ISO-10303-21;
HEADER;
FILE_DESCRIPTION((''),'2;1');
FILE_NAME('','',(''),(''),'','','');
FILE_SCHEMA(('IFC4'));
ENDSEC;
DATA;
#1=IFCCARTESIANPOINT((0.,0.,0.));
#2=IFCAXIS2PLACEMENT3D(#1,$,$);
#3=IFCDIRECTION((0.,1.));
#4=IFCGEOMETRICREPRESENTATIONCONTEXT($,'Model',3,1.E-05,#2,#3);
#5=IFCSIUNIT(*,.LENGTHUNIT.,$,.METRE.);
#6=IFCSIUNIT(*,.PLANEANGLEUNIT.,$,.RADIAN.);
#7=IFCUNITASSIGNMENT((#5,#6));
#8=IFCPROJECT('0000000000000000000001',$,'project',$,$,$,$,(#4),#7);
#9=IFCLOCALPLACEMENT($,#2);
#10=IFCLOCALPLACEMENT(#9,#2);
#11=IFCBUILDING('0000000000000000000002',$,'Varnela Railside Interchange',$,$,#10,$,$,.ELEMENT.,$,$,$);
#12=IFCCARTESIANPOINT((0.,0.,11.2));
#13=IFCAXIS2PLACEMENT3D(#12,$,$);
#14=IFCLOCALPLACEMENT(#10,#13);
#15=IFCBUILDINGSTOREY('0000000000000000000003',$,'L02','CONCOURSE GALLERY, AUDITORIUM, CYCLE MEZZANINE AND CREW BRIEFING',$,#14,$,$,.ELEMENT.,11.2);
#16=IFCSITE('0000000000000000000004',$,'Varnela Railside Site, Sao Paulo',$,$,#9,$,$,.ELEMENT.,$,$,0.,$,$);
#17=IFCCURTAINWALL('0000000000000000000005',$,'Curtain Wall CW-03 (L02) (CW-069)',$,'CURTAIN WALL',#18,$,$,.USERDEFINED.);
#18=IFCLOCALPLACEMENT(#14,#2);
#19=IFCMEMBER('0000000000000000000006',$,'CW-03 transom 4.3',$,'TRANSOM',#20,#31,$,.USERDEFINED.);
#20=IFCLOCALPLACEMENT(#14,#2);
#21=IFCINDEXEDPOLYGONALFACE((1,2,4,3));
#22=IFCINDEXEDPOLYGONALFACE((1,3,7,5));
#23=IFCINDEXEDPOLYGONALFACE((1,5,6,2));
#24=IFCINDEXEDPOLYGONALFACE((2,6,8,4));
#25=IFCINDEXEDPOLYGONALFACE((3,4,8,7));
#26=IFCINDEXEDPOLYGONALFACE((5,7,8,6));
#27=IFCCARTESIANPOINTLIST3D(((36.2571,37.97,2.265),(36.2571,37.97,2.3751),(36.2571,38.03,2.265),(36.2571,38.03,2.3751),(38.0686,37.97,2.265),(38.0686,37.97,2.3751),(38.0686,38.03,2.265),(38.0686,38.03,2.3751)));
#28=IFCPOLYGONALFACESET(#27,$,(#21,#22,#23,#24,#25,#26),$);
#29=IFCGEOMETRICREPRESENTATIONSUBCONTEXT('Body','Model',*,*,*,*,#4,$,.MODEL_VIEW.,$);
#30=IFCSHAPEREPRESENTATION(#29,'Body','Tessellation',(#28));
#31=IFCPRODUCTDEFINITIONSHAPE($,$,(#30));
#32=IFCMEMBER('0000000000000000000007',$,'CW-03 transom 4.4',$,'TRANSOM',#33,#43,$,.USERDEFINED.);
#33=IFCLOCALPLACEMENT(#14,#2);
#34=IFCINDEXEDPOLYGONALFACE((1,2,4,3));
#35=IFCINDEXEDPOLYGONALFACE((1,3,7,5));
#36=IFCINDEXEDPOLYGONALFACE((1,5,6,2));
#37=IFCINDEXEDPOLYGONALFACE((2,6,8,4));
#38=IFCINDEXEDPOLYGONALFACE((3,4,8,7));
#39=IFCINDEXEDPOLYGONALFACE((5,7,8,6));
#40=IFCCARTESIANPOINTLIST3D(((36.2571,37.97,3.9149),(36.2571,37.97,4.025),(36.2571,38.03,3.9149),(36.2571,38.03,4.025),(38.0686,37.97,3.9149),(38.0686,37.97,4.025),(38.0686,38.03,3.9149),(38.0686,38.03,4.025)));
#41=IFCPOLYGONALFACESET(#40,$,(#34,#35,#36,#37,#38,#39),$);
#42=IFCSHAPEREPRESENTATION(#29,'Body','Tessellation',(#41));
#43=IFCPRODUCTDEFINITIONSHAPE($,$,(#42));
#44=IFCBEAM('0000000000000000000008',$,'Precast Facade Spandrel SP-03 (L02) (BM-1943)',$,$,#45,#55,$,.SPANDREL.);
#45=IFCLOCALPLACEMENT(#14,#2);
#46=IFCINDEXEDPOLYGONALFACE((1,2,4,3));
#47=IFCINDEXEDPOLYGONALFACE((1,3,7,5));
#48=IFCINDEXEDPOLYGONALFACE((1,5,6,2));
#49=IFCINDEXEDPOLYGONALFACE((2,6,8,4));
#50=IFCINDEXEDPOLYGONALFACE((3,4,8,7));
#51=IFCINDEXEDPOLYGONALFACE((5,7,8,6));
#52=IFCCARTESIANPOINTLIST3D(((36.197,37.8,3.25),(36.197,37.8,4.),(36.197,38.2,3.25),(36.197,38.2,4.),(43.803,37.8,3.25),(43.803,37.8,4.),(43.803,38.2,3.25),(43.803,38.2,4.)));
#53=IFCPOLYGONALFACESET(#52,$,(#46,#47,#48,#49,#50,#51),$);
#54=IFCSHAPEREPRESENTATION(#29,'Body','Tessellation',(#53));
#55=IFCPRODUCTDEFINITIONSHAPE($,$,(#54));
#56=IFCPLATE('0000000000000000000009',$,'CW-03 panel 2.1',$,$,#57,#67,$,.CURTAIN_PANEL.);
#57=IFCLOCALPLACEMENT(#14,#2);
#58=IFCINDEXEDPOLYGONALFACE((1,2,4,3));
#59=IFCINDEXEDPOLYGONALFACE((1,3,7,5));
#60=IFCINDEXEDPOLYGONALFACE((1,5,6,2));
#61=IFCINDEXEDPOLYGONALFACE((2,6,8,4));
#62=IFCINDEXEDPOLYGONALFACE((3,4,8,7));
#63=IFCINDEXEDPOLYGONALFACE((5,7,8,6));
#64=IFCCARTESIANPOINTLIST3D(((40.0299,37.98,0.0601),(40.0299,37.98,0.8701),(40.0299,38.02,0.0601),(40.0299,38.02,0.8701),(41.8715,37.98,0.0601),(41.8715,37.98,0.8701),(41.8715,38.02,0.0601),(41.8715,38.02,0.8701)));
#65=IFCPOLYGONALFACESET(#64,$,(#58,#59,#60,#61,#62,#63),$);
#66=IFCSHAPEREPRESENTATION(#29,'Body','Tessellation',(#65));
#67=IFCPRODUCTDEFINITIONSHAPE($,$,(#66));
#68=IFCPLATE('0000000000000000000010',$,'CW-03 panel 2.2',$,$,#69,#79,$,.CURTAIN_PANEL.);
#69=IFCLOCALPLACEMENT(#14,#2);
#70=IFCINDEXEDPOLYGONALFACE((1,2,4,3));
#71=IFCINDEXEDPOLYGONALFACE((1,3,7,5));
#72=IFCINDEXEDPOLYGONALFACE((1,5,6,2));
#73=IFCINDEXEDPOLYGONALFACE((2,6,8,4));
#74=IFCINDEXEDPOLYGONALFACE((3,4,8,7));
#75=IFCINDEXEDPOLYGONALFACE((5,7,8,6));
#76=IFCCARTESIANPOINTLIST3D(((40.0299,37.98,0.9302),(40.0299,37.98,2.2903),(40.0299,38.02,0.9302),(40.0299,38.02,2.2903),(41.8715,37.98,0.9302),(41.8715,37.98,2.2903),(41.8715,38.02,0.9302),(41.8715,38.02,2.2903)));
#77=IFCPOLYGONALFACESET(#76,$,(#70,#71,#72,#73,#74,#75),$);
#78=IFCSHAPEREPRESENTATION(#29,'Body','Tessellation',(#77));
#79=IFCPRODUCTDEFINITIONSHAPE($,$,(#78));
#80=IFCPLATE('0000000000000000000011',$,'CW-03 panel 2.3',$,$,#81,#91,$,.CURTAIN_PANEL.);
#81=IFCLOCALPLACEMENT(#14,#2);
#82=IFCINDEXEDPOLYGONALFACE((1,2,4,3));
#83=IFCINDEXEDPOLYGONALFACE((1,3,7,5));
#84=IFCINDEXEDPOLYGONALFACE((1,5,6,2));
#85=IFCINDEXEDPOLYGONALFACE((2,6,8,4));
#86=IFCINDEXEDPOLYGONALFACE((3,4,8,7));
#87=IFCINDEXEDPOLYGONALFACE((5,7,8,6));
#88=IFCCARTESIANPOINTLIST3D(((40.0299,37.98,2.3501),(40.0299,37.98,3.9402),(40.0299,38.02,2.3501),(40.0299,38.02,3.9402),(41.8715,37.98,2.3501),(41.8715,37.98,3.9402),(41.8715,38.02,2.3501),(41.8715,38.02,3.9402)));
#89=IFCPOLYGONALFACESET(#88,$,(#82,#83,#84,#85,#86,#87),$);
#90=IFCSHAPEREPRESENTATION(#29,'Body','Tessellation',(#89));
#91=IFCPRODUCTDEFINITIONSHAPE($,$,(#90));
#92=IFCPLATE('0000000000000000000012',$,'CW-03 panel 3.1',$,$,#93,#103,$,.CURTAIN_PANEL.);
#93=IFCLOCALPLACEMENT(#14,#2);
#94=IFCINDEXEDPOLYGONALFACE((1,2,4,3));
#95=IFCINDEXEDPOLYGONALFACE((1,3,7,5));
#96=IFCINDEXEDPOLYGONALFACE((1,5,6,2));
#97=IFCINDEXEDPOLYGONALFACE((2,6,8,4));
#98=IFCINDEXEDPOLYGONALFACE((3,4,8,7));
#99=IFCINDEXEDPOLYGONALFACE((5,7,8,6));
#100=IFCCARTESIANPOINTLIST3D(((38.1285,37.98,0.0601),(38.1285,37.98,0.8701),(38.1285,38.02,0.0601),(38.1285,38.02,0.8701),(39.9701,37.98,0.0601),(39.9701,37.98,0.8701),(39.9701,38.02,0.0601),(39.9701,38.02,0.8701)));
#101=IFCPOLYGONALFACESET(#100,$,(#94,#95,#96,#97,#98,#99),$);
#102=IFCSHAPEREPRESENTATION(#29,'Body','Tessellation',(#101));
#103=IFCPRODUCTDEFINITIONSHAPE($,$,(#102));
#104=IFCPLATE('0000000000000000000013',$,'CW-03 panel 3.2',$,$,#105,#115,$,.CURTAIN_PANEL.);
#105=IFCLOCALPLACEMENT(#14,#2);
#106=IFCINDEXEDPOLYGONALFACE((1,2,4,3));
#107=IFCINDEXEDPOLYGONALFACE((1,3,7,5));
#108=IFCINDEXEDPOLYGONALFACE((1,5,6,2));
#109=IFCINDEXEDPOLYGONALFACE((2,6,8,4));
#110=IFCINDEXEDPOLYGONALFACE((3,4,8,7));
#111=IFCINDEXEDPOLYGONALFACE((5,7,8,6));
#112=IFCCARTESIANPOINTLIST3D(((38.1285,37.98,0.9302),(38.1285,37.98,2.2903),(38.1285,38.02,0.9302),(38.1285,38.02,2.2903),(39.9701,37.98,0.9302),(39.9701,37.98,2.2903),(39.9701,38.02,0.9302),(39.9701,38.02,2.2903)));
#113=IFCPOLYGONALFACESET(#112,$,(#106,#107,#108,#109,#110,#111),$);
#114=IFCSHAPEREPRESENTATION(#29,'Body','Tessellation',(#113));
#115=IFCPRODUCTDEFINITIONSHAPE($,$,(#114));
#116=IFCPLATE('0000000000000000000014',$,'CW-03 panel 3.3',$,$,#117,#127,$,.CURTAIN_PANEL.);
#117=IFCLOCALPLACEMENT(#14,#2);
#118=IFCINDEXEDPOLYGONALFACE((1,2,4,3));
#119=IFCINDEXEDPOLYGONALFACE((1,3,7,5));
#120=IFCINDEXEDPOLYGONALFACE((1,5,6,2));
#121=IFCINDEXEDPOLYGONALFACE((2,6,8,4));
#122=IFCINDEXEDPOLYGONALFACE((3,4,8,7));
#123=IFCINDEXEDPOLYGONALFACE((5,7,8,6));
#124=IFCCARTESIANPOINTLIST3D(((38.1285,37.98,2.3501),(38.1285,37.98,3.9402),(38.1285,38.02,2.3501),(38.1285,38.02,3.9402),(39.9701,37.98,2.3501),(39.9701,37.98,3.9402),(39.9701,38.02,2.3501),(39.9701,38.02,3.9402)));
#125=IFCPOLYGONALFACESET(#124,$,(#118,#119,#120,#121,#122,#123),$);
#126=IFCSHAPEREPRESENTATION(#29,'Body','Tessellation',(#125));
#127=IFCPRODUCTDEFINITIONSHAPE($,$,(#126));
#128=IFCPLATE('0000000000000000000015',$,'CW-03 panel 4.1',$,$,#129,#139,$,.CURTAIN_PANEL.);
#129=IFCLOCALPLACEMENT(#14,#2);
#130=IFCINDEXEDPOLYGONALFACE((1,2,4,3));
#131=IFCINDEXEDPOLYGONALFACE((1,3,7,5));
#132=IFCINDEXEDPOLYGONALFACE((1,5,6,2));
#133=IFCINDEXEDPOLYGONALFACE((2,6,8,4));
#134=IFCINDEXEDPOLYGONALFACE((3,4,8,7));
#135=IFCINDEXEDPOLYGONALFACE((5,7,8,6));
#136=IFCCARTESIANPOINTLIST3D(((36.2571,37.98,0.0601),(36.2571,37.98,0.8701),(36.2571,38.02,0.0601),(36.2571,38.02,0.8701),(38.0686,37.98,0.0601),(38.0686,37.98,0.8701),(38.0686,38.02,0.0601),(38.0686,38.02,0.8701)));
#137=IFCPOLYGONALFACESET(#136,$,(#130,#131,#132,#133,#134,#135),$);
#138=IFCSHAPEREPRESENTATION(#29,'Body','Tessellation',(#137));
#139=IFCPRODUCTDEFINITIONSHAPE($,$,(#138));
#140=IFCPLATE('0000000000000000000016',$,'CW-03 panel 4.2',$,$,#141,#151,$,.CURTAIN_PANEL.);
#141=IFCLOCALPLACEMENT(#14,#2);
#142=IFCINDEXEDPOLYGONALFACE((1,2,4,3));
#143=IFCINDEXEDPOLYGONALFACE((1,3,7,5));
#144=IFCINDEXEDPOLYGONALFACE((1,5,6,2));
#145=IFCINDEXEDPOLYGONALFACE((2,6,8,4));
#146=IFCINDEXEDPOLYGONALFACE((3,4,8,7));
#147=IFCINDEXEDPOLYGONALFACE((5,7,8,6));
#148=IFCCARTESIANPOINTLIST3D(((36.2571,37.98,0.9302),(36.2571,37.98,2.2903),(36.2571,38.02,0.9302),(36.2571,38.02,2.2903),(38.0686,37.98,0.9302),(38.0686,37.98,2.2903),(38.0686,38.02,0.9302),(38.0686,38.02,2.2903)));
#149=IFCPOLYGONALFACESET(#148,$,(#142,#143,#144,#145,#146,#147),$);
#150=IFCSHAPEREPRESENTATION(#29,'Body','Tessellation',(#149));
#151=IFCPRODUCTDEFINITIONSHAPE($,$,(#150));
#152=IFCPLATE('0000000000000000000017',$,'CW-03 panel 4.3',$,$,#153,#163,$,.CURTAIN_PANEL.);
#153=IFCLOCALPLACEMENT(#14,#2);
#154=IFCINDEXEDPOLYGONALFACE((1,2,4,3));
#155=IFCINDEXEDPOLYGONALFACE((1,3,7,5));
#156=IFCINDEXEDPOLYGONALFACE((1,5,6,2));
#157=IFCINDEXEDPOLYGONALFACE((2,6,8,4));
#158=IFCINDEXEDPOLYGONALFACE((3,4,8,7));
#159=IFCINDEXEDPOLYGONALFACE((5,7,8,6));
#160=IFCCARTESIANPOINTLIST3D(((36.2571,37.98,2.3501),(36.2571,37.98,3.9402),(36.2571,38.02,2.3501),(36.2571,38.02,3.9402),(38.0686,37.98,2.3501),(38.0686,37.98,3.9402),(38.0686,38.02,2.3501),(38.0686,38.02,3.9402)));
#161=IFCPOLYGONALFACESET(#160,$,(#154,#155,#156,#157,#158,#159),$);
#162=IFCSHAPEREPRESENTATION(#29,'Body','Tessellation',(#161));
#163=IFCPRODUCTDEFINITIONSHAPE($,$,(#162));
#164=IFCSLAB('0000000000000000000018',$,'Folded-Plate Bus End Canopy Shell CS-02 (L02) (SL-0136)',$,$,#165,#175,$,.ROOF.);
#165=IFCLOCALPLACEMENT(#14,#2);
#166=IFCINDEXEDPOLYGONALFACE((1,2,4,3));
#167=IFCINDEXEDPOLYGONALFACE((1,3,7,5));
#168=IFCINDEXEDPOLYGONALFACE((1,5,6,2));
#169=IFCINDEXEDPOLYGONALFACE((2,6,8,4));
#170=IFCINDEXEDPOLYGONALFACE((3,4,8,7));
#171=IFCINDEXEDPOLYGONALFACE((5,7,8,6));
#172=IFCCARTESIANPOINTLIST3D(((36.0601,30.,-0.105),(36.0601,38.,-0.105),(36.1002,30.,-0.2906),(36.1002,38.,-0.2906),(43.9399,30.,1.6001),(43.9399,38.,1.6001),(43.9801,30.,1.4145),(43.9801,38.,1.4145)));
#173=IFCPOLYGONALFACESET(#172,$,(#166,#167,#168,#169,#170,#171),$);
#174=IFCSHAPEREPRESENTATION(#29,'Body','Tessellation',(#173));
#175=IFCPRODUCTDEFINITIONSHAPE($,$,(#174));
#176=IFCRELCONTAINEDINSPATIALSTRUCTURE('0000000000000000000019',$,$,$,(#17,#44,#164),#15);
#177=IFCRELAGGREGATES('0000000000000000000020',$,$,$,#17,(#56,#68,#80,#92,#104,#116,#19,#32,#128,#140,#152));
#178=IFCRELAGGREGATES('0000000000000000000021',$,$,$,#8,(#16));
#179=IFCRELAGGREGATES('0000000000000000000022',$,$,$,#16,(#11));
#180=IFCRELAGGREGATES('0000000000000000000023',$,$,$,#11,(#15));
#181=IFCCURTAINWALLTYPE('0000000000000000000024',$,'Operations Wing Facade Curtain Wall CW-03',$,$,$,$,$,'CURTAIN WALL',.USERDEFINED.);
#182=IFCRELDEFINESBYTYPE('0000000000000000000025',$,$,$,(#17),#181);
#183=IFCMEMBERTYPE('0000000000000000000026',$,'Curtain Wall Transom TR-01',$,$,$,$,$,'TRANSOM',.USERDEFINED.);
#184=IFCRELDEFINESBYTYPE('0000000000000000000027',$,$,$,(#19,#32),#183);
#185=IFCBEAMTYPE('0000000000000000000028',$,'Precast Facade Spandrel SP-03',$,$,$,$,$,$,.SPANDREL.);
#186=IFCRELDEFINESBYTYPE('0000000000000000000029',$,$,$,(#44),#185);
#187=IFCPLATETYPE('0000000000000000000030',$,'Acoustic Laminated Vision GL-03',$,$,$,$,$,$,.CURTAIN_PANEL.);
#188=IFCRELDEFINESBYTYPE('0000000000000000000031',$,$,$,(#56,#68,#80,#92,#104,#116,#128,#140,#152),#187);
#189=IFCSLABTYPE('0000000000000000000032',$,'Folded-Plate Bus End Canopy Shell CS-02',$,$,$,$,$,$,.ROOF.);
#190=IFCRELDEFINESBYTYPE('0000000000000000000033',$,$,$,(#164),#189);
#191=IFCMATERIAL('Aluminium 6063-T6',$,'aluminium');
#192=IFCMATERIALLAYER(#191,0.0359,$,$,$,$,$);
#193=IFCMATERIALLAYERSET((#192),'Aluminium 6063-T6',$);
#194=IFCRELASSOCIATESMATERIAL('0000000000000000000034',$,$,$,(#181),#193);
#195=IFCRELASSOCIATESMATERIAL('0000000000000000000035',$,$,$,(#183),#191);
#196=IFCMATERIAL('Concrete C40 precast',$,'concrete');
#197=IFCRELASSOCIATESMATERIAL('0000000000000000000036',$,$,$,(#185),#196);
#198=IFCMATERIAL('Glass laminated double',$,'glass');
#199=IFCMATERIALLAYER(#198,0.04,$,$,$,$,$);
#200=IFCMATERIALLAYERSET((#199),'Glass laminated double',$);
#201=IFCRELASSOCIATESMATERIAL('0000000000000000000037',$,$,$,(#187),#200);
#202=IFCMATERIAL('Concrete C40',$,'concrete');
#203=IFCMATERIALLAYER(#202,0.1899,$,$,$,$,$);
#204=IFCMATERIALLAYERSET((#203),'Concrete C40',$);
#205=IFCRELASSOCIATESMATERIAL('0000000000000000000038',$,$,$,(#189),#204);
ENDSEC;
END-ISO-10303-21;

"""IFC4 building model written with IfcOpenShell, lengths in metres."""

from ifc_helpers import new_model, si_unit, direction, frame, origin, origin_2d, place, context, subcontext, project, spatial, polyline, rectangle, outline, extrude, material, layer, layer_set, material_profile, profile_set, type_object, element, aggregate, save


model = new_model("IFC4")

# Units and contexts
model_context = context("Model", 3, precision=1e-05, world=origin(), true_north=direction((0.0, 1.0)))
body_context = subcontext(model_context, "Body", "Model", "MODEL_VIEW")
ifc_project = project(units=[si_unit("LENGTHUNIT", "METRE"), si_unit("PLANEANGLEUNIT", "RADIAN")], contexts=[model_context])

# Site, building, storey
site_placement = place(None, origin())
site = spatial("IfcSite", under=ifc_project, at=site_placement, Name="Varnela Railside Site, Sao Paulo", CompositionType="ELEMENT", RefElevation=0.0)
building_placement = place(site_placement, origin())
building = spatial("IfcBuilding", under=site, at=building_placement, Name="Varnela Railside Interchange", CompositionType="ELEMENT")
storey_placement = place(building_placement, frame((0.0, 0.0, 11.2)))
storey = spatial("IfcBuildingStorey", under=building, at=storey_placement, Name="L02", Description="CONCOURSE GALLERY, AUDITORIUM, CYCLE MEZZANINE AND CREW BRIEFING", CompositionType="ELEMENT", Elevation=11.2)

# Curtain wall, members
ifc_material_1 = material(Name="Aluminium 6063-T6", Category="aluminium")
ifc_layer_1 = layer(ifc_material_1, 0.0359)
ifc_layer_set_1 = layer_set([ifc_layer_1], Name="Aluminium 6063-T6")
curtain_wall_type = type_object("IfcCurtainWallType", Name="Operations Wing Facade Curtain Wall CW-03", ElementType="CURTAIN WALL", PredefinedType="USERDEFINED", material=ifc_layer_set_1)
curtain_wall_placement = place(storey_placement, origin())
curtain_wall = element("IfcCurtainWall", 1, at=curtain_wall_placement, inside=storey, type_object=curtain_wall_type, Name="Curtain Wall CW-03 (L02) (CW-069)", ObjectType="CURTAIN WALL", PredefinedType="USERDEFINED")
ifc_material_profile_1 = material_profile(ifc_material_1, rectangle(XDim=0.0601, YDim=0.1101, at=origin_2d()), Name="ALU 60x110")
ifc_profile_set_1 = profile_set([ifc_material_profile_1], Name="Aluminium 6063-T6")
member_type_1 = type_object("IfcMemberType", Name="Curtain Wall Transom TR-01", ElementType="TRANSOM", PredefinedType="USERDEFINED", material=ifc_profile_set_1)
member_1_placement = place(storey_placement, frame((38.0686, 38.0, 2.3201), z_axis=(-1.0, 0.0, 0.0), x_axis=(0.0, -1.0, 0.0)))
member_1 = element("IfcMember", 2, at=member_1_placement, type_object=member_type_1, Name="CW-03 transom 4.3", ObjectType="TRANSOM", PredefinedType="USERDEFINED", context=body_context, shape_type="SweptSolid", body=[
    extrude(rectangle(XDim=0.0601, YDim=0.1101, at=origin_2d()), origin(), (0.0, 0.0, 1.0), 1.8115),
])
member_2_placement = place(storey_placement, frame((38.0686, 38.0, 3.97), z_axis=(-1.0, 0.0, 0.0), x_axis=(0.0, -1.0, 0.0)))
member_2 = element("IfcMember", 3, at=member_2_placement, type_object=member_type_1, Name="CW-03 transom 4.4", ObjectType="TRANSOM", PredefinedType="USERDEFINED", context=body_context, shape_type="SweptSolid", body=[
    extrude(rectangle(XDim=0.0601, YDim=0.1101, at=origin_2d()), origin(), (0.0, 0.0, 1.0), 1.8115),
])

# Beam
ifc_material_2 = material(Name="Concrete C40 precast", Category="concrete")
ifc_material_profile_2 = material_profile(ifc_material_2, rectangle(XDim=0.3999, YDim=0.75, at=origin_2d()), Name="PC 400x750")
ifc_profile_set_2 = profile_set([ifc_material_profile_2], Name="Concrete C40 precast")
beam_type_1 = type_object("IfcBeamType", Name="Precast Facade Spandrel SP-03", PredefinedType="SPANDREL", material=ifc_profile_set_2)
beam_placement = place(storey_placement, frame((36.197, 38.0, 3.625), z_axis=(1.0, 0.0, 0.0), x_axis=(0.0, 1.0, 0.0)))
element("IfcBeam", 4, at=beam_placement, inside=storey, type_object=beam_type_1, Name="Precast Facade Spandrel SP-03 (L02) (BM-1943)", PredefinedType="SPANDREL", context=body_context, shape_type="SweptSolid", body=[
    extrude(rectangle(XDim=0.3999, YDim=0.75, at=origin_2d()), origin(), (0.0, 0.0, 1.0), 7.606),
])

# Plates
ifc_material_3 = material(Name="Glass laminated double", Category="glass")
ifc_layer_2 = layer(ifc_material_3, 0.04)
ifc_layer_set_2 = layer_set([ifc_layer_2], Name="Glass laminated double")
plate_type = type_object("IfcPlateType", Name="Acoustic Laminated Vision GL-03", PredefinedType="CURTAIN_PANEL", material=ifc_layer_set_2)
plate_1_placement = place(storey_placement, frame((40.9507, 38.0, 0.0601), z_axis=(0.0, 0.0, 1.0), x_axis=(-1.0, 0.0, 0.0)))
plate_1 = element("IfcPlate", 5, at=plate_1_placement, type_object=plate_type, Name="CW-03 panel 2.1", PredefinedType="CURTAIN_PANEL", context=body_context, shape_type="SweptSolid", body=[
    extrude(rectangle(XDim=1.8416, YDim=0.04, at=origin_2d()), origin(), (0.0, 0.0, 1.0), 0.8101),
])
plate_2_placement = place(storey_placement, frame((40.9507, 38.0, 0.9302), z_axis=(0.0, 0.0, 1.0), x_axis=(-1.0, 0.0, 0.0)))
plate_2 = element("IfcPlate", 6, at=plate_2_placement, type_object=plate_type, Name="CW-03 panel 2.2", PredefinedType="CURTAIN_PANEL", context=body_context, shape_type="SweptSolid", body=[
    extrude(rectangle(XDim=1.8416, YDim=0.04, at=origin_2d()), origin(), (0.0, 0.0, 1.0), 1.3601),
])
plate_3_placement = place(storey_placement, frame((40.9507, 38.0, 2.3501), z_axis=(0.0, 0.0, 1.0), x_axis=(-1.0, 0.0, 0.0)))
plate_3 = element("IfcPlate", 7, at=plate_3_placement, type_object=plate_type, Name="CW-03 panel 2.3", PredefinedType="CURTAIN_PANEL", context=body_context, shape_type="SweptSolid", body=[
    extrude(rectangle(XDim=1.8416, YDim=0.04, at=origin_2d()), origin(), (0.0, 0.0, 1.0), 1.5901),
])
plate_4_placement = place(storey_placement, frame((39.0493, 38.0, 0.0601), z_axis=(0.0, 0.0, 1.0), x_axis=(-1.0, 0.0, 0.0)))
plate_4 = element("IfcPlate", 8, at=plate_4_placement, type_object=plate_type, Name="CW-03 panel 3.1", PredefinedType="CURTAIN_PANEL", context=body_context, shape_type="SweptSolid", body=[
    extrude(rectangle(XDim=1.8416, YDim=0.04, at=origin_2d()), origin(), (0.0, 0.0, 1.0), 0.8101),
])
plate_5_placement = place(storey_placement, frame((39.0493, 38.0, 0.9302), z_axis=(0.0, 0.0, 1.0), x_axis=(-1.0, 0.0, 0.0)))
plate_5 = element("IfcPlate", 9, at=plate_5_placement, type_object=plate_type, Name="CW-03 panel 3.2", PredefinedType="CURTAIN_PANEL", context=body_context, shape_type="SweptSolid", body=[
    extrude(rectangle(XDim=1.8416, YDim=0.04, at=origin_2d()), origin(), (0.0, 0.0, 1.0), 1.3601),
])
plate_6_placement = place(storey_placement, frame((39.0493, 38.0, 2.3501), z_axis=(0.0, 0.0, 1.0), x_axis=(-1.0, 0.0, 0.0)))
plate_6 = element("IfcPlate", 10, at=plate_6_placement, type_object=plate_type, Name="CW-03 panel 3.3", PredefinedType="CURTAIN_PANEL", context=body_context, shape_type="SweptSolid", body=[
    extrude(rectangle(XDim=1.8416, YDim=0.04, at=origin_2d()), origin(), (0.0, 0.0, 1.0), 1.5901),
])
plate_7_placement = place(storey_placement, frame((37.1628, 38.0, 0.0601), z_axis=(0.0, 0.0, 1.0), x_axis=(-1.0, 0.0, 0.0)))
plate_7 = element("IfcPlate", 11, at=plate_7_placement, type_object=plate_type, Name="CW-03 panel 4.1", PredefinedType="CURTAIN_PANEL", context=body_context, shape_type="SweptSolid", body=[
    extrude(rectangle(XDim=1.8115, YDim=0.04, at=origin_2d()), origin(), (0.0, 0.0, 1.0), 0.8101),
])
plate_8_placement = place(storey_placement, frame((37.1628, 38.0, 0.9302), z_axis=(0.0, 0.0, 1.0), x_axis=(-1.0, 0.0, 0.0)))
plate_8 = element("IfcPlate", 12, at=plate_8_placement, type_object=plate_type, Name="CW-03 panel 4.2", PredefinedType="CURTAIN_PANEL", context=body_context, shape_type="SweptSolid", body=[
    extrude(rectangle(XDim=1.8115, YDim=0.04, at=origin_2d()), origin(), (0.0, 0.0, 1.0), 1.3601),
])
plate_9_placement = place(storey_placement, frame((37.1628, 38.0, 2.3501), z_axis=(0.0, 0.0, 1.0), x_axis=(-1.0, 0.0, 0.0)))
plate_9 = element("IfcPlate", 13, at=plate_9_placement, type_object=plate_type, Name="CW-03 panel 4.3", PredefinedType="CURTAIN_PANEL", context=body_context, shape_type="SweptSolid", body=[
    extrude(rectangle(XDim=1.8115, YDim=0.04, at=origin_2d()), origin(), (0.0, 0.0, 1.0), 1.5901),
])
aggregate(curtain_wall, [plate_1, plate_2, plate_3, plate_4, plate_5, plate_6, member_1, member_2, plate_7, plate_8, plate_9])

# Slab
ifc_material_4 = material(Name="Concrete C40", Category="concrete")
ifc_layer_3 = layer(ifc_material_4, 0.1899)
ifc_layer_set_3 = layer_set([ifc_layer_3], Name="Concrete C40")
slab_type = type_object("IfcSlabType", Name="Folded-Plate Bus End Canopy Shell CS-02", PredefinedType="ROOF", material=ifc_layer_set_3)
slab_placement = place(storey_placement, frame((36.0601, 30.0, -0.105), z_axis=(-0.211489, 0.0, 0.97738), x_axis=(0.97738, 0.0, 0.211489)))
element("IfcSlab", 14, at=slab_placement, inside=storey, type_object=slab_type, Name="Folded-Plate Bus End Canopy Shell CS-02 (L02) (SL-0136)", PredefinedType="ROOF", context=body_context, shape_type="SweptSolid", body=[
    extrude(outline(polyline([(0.0, 0.0), (8.0622, 0.0), (8.0622, 8.0), (0.0, 8.0), (0.0, 0.0)])), origin(), (0.0, 0.0, -1.0), 0.1899),
])

save(model, "model.ifc")
